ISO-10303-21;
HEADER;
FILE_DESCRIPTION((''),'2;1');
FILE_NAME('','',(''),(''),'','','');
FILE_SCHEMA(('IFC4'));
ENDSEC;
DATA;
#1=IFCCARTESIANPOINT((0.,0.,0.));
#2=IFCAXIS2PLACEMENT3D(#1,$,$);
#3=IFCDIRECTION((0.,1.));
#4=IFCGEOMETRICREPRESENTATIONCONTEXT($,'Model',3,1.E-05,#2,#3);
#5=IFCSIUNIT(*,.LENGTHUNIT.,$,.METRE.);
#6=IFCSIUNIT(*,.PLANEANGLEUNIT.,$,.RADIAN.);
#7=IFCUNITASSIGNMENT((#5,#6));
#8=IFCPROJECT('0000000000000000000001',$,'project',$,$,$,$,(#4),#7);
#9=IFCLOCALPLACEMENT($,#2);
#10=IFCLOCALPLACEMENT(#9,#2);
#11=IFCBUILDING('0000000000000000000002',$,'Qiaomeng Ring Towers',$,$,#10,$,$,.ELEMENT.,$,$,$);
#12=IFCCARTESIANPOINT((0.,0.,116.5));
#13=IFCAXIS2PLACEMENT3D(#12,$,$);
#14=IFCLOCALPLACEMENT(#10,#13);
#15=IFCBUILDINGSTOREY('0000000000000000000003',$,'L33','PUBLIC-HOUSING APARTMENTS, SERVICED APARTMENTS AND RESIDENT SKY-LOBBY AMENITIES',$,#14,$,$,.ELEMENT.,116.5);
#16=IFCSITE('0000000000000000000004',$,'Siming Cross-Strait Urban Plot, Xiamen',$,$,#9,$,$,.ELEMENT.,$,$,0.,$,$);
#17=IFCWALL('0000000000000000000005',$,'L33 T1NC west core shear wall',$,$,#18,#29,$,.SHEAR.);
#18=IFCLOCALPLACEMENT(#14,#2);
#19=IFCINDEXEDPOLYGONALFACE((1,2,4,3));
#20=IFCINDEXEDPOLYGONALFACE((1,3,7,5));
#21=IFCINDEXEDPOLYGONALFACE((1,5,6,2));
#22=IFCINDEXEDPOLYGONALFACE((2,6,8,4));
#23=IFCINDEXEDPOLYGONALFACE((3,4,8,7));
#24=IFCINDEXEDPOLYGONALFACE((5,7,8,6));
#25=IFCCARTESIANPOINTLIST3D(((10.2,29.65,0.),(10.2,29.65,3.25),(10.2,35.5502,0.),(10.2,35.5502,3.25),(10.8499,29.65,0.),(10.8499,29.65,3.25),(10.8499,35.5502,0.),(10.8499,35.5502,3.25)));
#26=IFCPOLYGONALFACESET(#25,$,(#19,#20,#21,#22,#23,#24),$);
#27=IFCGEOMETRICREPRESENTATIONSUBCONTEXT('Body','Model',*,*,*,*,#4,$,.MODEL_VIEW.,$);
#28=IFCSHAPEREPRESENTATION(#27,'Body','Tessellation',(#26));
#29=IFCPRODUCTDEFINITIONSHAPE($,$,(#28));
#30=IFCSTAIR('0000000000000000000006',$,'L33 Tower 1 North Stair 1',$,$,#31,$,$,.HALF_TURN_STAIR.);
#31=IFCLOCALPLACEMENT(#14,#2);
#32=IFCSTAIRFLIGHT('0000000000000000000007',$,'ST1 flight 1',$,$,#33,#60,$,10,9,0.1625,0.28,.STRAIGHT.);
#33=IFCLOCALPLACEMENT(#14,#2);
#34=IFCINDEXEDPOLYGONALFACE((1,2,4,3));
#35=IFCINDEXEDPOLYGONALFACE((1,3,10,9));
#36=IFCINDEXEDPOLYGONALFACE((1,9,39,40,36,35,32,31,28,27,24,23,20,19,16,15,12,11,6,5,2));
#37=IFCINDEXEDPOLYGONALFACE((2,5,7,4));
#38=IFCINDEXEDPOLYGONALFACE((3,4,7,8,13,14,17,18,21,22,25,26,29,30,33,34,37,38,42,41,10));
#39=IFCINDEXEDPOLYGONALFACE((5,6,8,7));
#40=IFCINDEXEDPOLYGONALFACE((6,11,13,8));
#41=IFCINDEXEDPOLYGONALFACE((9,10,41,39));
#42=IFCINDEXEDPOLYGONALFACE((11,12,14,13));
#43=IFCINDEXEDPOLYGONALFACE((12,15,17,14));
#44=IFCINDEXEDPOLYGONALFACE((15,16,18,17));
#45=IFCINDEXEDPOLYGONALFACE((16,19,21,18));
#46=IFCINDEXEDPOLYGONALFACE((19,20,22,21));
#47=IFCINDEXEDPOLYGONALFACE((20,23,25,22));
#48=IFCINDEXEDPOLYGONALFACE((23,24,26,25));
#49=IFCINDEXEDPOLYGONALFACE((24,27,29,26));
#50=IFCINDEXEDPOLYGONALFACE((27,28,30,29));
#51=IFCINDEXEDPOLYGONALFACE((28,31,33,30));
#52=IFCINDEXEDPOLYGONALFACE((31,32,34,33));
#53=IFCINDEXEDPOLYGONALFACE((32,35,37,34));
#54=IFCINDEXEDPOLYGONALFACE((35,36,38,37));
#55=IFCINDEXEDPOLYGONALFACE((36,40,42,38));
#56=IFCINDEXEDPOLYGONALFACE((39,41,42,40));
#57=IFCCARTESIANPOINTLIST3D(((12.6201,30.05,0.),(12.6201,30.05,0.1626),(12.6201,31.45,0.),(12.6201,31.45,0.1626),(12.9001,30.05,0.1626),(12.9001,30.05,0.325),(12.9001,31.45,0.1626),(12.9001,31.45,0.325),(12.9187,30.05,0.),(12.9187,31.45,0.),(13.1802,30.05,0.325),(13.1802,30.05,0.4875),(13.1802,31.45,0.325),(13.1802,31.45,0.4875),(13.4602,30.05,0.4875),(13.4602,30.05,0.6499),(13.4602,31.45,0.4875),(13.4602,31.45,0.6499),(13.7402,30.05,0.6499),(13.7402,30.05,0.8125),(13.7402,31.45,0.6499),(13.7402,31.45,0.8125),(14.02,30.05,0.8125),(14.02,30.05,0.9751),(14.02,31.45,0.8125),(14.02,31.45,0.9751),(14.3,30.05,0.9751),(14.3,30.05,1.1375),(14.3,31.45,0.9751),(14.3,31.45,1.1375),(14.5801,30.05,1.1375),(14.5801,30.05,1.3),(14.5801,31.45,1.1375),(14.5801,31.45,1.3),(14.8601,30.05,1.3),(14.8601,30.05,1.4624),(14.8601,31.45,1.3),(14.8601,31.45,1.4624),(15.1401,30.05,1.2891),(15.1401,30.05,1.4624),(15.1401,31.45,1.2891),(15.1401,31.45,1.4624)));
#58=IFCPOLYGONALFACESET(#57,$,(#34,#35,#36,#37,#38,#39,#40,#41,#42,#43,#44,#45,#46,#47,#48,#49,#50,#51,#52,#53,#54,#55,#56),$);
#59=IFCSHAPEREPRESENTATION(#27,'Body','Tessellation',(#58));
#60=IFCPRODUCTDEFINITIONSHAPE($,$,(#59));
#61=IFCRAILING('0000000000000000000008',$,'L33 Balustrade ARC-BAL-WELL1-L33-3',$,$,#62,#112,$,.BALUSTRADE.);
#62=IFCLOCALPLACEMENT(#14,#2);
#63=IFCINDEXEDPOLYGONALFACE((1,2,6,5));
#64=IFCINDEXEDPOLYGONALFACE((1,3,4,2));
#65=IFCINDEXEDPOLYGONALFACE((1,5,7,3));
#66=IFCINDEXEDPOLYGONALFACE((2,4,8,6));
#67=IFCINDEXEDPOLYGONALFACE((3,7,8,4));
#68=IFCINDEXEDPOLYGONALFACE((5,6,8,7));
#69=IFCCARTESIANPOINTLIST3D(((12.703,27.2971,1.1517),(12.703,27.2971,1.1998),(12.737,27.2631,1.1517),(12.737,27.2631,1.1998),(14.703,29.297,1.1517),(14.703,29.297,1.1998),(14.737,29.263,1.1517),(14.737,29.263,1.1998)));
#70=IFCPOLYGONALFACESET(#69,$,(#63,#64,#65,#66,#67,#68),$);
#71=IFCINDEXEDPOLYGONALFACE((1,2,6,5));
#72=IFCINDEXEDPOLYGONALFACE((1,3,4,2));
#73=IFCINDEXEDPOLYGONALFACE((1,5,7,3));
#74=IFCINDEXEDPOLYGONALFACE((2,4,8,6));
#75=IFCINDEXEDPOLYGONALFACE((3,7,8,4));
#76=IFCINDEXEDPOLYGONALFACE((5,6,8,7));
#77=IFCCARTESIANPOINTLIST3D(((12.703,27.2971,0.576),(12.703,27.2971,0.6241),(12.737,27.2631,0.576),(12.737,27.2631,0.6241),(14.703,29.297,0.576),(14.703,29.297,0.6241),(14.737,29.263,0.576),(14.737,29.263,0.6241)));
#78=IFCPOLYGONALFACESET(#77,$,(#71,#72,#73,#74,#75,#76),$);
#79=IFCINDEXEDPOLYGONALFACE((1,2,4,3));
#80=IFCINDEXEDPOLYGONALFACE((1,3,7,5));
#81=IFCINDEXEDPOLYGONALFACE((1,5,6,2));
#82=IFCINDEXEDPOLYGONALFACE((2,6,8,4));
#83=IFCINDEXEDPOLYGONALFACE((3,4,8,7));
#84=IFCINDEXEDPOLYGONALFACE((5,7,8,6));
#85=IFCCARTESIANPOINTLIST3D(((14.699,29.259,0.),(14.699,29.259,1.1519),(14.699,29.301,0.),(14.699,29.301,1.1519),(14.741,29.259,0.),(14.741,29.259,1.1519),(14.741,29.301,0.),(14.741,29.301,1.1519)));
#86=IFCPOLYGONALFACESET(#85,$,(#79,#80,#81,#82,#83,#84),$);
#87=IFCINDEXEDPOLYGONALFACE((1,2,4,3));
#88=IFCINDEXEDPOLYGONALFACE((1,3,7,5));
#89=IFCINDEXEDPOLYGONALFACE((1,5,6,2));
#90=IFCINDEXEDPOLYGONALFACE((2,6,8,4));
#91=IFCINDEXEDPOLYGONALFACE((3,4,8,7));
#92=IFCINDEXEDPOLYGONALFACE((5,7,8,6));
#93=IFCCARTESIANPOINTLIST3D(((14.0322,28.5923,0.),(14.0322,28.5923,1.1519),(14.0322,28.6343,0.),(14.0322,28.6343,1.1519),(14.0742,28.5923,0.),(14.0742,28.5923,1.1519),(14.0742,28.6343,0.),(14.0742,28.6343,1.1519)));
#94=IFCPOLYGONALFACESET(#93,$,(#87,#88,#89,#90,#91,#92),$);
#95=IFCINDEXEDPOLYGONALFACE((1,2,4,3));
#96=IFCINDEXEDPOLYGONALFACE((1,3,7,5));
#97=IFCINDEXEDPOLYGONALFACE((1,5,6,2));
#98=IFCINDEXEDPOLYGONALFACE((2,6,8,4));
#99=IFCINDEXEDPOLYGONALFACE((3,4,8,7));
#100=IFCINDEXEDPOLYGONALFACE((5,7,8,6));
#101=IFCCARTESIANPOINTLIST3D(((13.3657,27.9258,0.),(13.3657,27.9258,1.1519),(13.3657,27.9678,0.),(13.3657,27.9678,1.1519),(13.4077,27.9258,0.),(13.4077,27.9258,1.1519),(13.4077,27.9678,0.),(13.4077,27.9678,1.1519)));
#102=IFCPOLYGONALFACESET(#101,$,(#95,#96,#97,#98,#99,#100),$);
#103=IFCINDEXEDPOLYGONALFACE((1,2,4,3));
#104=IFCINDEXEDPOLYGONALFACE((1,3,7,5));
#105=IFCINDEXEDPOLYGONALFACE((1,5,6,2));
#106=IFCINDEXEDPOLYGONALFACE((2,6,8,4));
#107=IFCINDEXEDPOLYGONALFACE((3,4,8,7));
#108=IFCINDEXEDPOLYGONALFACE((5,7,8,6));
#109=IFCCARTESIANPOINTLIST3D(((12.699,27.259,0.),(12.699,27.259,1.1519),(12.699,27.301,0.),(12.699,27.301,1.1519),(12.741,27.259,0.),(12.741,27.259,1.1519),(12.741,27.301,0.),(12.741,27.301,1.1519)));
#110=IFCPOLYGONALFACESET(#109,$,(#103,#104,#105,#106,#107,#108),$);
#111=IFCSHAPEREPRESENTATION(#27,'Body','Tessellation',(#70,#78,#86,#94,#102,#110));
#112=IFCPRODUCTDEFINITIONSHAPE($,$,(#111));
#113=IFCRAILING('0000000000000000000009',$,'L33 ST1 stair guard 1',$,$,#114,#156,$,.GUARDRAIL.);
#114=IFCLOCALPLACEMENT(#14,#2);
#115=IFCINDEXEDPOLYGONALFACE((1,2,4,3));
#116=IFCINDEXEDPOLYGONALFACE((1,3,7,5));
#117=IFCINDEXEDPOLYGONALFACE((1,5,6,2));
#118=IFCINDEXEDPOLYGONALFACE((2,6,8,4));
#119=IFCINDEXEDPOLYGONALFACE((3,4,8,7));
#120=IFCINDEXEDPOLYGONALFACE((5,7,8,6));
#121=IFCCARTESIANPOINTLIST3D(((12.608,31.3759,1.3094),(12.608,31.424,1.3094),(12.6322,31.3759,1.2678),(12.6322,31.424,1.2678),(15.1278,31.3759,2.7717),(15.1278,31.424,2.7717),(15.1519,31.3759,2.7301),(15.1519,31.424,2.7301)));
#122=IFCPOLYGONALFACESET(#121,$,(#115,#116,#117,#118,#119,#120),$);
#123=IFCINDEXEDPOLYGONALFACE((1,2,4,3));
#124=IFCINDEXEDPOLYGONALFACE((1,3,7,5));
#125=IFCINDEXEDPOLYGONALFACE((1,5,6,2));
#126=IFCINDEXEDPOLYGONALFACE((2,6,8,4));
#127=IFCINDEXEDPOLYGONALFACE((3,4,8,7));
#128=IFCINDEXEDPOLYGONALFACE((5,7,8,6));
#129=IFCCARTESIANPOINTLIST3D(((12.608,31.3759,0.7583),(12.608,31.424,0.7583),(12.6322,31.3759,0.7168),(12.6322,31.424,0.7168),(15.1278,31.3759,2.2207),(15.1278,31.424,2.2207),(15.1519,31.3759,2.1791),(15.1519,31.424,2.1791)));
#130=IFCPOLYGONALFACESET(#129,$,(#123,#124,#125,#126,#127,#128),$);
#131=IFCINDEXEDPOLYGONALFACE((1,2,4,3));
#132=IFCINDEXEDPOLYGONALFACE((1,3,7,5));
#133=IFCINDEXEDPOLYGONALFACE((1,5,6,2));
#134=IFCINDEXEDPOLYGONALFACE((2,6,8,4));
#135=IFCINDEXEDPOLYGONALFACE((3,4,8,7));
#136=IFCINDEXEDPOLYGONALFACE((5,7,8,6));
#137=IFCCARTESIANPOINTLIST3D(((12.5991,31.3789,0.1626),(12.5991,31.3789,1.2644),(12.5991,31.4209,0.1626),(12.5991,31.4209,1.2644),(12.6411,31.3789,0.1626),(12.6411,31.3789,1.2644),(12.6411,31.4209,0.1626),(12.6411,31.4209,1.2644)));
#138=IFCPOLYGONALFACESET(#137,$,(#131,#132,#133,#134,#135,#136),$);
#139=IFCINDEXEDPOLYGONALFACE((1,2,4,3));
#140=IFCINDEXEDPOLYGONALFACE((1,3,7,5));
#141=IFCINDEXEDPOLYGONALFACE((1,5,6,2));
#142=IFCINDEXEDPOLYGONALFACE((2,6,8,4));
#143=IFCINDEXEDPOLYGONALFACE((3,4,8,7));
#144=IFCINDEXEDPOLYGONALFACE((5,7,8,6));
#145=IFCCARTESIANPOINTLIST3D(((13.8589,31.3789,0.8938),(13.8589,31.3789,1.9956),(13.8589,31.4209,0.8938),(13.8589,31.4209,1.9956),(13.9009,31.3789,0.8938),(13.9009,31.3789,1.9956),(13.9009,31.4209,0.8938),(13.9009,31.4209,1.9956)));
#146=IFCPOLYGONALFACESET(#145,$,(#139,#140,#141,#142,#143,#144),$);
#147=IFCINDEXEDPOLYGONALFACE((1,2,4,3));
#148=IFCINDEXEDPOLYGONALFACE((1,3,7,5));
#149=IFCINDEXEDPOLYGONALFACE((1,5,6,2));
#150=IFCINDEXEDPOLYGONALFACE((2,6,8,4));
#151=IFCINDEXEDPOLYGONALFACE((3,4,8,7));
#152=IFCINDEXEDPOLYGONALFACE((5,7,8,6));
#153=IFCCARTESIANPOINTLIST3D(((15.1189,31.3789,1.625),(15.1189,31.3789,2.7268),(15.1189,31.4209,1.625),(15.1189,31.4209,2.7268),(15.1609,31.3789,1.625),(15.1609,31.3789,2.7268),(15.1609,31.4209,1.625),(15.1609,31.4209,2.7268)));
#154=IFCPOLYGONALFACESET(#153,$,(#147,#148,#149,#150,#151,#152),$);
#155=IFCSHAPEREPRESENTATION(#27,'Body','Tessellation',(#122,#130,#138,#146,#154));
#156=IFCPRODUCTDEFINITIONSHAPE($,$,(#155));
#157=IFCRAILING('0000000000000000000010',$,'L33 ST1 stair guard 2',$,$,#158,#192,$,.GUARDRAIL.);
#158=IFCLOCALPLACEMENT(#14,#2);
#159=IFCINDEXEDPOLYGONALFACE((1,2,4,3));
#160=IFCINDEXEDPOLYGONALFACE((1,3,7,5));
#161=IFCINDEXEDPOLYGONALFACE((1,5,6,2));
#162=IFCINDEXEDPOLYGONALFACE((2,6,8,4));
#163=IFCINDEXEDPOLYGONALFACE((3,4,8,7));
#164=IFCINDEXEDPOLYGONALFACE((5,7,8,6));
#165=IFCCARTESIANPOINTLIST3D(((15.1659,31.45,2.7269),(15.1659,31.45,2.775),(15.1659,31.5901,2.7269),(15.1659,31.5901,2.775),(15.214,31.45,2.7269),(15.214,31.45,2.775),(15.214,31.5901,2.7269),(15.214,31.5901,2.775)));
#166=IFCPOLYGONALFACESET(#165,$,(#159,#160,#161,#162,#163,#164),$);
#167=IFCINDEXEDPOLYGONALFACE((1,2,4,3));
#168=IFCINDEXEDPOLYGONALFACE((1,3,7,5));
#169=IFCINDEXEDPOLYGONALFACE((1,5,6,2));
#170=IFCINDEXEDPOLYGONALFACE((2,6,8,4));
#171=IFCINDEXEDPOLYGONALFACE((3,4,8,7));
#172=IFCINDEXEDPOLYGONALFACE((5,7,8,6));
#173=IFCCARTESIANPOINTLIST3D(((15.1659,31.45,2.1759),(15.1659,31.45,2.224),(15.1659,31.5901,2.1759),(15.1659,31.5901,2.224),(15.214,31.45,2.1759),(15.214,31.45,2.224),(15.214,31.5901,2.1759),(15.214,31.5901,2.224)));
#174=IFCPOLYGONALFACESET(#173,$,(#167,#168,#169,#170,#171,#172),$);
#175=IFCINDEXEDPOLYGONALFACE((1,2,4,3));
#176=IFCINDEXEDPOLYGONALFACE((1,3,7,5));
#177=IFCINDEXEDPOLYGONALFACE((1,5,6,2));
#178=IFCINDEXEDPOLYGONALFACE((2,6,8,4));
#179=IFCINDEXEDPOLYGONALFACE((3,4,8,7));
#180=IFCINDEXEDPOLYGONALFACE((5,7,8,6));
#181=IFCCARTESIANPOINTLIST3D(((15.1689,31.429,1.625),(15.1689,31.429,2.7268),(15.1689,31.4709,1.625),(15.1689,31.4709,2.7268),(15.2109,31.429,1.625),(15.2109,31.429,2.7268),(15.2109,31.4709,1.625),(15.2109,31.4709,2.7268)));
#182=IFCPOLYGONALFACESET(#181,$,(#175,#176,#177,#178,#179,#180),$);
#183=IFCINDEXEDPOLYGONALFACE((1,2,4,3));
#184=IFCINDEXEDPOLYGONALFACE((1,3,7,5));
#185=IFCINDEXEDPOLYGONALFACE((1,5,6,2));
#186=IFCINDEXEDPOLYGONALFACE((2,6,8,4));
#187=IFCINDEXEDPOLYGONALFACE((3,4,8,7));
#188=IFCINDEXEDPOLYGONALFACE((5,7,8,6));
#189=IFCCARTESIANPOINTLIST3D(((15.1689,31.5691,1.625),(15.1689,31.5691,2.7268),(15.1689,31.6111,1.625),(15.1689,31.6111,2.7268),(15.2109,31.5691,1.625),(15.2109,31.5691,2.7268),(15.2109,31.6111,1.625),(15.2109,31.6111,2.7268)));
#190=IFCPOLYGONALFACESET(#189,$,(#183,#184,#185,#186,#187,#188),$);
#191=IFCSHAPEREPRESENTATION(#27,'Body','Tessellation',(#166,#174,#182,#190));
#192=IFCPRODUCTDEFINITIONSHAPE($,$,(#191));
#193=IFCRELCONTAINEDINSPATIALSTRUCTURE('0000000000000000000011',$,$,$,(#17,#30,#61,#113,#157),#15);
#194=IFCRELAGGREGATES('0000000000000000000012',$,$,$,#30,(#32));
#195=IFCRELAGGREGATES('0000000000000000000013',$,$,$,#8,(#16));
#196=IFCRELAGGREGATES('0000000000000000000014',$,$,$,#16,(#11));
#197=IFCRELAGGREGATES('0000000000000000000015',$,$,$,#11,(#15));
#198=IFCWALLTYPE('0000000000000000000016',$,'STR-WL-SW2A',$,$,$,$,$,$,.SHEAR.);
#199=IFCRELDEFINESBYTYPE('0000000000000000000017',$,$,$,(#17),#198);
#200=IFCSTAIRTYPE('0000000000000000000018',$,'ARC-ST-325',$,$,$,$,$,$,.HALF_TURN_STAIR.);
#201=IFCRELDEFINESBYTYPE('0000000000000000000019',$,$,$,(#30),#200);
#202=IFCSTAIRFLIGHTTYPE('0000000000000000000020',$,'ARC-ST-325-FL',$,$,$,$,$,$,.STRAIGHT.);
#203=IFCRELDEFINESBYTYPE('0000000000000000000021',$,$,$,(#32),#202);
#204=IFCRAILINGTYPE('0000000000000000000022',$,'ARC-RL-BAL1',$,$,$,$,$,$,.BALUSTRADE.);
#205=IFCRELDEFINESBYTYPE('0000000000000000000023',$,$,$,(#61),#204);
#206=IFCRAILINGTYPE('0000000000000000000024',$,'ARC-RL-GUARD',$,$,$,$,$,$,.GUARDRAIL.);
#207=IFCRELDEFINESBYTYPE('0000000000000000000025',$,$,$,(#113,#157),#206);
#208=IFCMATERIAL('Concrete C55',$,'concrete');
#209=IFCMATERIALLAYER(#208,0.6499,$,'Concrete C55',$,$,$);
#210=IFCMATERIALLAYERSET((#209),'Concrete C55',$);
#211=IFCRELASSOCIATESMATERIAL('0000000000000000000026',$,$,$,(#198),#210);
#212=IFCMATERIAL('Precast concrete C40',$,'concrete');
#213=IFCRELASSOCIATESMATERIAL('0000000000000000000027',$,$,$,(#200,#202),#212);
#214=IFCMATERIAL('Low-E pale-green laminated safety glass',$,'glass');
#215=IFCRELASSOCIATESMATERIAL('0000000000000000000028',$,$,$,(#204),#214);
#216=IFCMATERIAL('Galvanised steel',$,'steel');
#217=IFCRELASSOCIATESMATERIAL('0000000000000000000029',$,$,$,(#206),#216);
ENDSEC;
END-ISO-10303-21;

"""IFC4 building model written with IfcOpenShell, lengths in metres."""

from ifc_helpers import new_model, si_unit, direction, frame, frame_2d, origin, origin_2d, place, context, subcontext, project, spatial, polyline, rectangle, outline, extrude, source, transform, mapped, material, layer, layer_set, type_object, element, aggregate, save


model = new_model("IFC4")

# Units and contexts
model_context = context("Model", 3, precision=1e-05, world=origin(), true_north=direction((0.0, 1.0)))
body_context = subcontext(model_context, "Body", "Model", "MODEL_VIEW")
ifc_project = project(units=[si_unit("LENGTHUNIT", "METRE"), si_unit("PLANEANGLEUNIT", "RADIAN")], contexts=[model_context])

# Site, building, storey
site_placement = place(None, origin())
site = spatial("IfcSite", under=ifc_project, at=site_placement, Name="Siming Cross-Strait Urban Plot, Xiamen", CompositionType="ELEMENT", RefElevation=0.0)
building_placement = place(site_placement, origin())
building = spatial("IfcBuilding", under=site, at=building_placement, Name="Qiaomeng Ring Towers", CompositionType="ELEMENT")
storey_placement = place(building_placement, frame((0.0, 0.0, 116.5)))
storey = spatial("IfcBuildingStorey", under=building, at=storey_placement, Name="L33", Description="PUBLIC-HOUSING APARTMENTS, SERVICED APARTMENTS AND RESIDENT SKY-LOBBY AMENITIES", CompositionType="ELEMENT", Elevation=116.5)

# Shared definitions
ifc_material_1 = material(Name="Concrete C55", Category="concrete")

# Wall
ifc_layer_1 = layer(ifc_material_1, 0.6499, Name="Concrete C55")
ifc_layer_set_1 = layer_set([ifc_layer_1], Name="Concrete C55")
wall_type_1 = type_object("IfcWallType", Name="STR-WL-SW2A", PredefinedType="SHEAR", material=ifc_layer_set_1)
wall_1_placement = place(storey_placement, frame((10.5249, 29.6499, 0.0), z_axis=(0.0, 0.0, 1.0), x_axis=(0.0, 1.0, 0.0)))
element("IfcWall", 1, at=wall_1_placement, inside=storey, type_object=wall_type_1, Name="L33 T1NC west core shear wall", PredefinedType="SHEAR", context=body_context, shape_type="SweptSolid", body=[
    extrude(rectangle(XDim=5.9001, YDim=0.6499, at=frame_2d((2.9502, 0.0))), origin(), (0.0, 0.0, 1.0), 3.25),
])

# Stair, stair flight
ifc_material_2 = material(Name="Precast concrete C40", Category="concrete")
stair_type = type_object("IfcStairType", Name="ARC-ST-325", PredefinedType="HALF_TURN_STAIR", material=ifc_material_2)
stair_placement = place(storey_placement, origin())
stair = element("IfcStair", 2, at=stair_placement, inside=storey, type_object=stair_type, Name="L33 Tower 1 North Stair 1", PredefinedType="HALF_TURN_STAIR")
stair_flight_type = type_object("IfcStairFlightType", Name="ARC-ST-325-FL", PredefinedType="STRAIGHT", material=ifc_material_2)
shared_shape_1 = source(origin(), body_context, "Body", "SweptSolid", [
    extrude(outline(polyline([(0.0, 0.0), (0.0, 0.1626), (0.28, 0.1626), (0.28, 0.325), (0.5601, 0.325), (0.5601, 0.4875), (0.8401, 0.4875), (0.8401, 0.6499), (1.1201, 0.6499), (1.1201, 0.8125), (1.3999, 0.8125), (1.3999, 0.9751), (1.6799, 0.9751), (1.6799, 1.1375), (1.96, 1.1375), (1.96, 1.3), (2.24, 1.3), (2.24, 1.4624), (2.52, 1.4624), (2.52, 1.625), (2.52, 1.2891), (0.2986, 0.0), (0.0, 0.0)])), frame((0.0, 0.7, 0.0), z_axis=(0.0, -1.0, 0.0), x_axis=(1.0, 0.0, 0.0)), (0.0, 0.0, 1.0), 1.3999),
])
stair_flight_placement = place(storey_placement, frame((12.6201, 30.75, 0.0), z_axis=(0.0, 0.0, 1.0), x_axis=(1.0, 0.0, 0.0)))
stair_flight = element("IfcStairFlight", 3, at=stair_flight_placement, type_object=stair_flight_type, Name="ST1 flight 1", NumberOfRisers=10, NumberOfTreads=9, PredefinedType="STRAIGHT", RiserHeight=0.1625, TreadLength=0.28, context=body_context, shape_type="MappedRepresentation", body=[
    mapped(shared_shape_1, transform((0.0, 0.0, 0.0), x_axis=(1.0, 0.0, 0.0), y_axis=(0.0, 1.0, 0.0), z_axis=(0.0, 0.0, 1.0), scale=1.0)),
])
aggregate(stair, [stair_flight])

# Railings
ifc_material_3 = material(Name="Low-E pale-green laminated safety glass", Category="glass")
railing_type_1 = type_object("IfcRailingType", Name="ARC-RL-BAL1", PredefinedType="BALUSTRADE", material=ifc_material_3)
railing_1_placement = place(storey_placement, frame((14.72, 29.28, 0.0)))
element("IfcRailing", 4, at=railing_1_placement, inside=storey, type_object=railing_type_1, Name="L33 Balustrade ARC-BAL-WELL1-L33-3", PredefinedType="BALUSTRADE", context=body_context, shape_type="SweptSolid", body=[
    extrude(rectangle(XDim=0.0481, YDim=0.0481, at=origin_2d()), frame((0.0, 0.0, 1.1758), z_axis=(-0.707107, -0.707107, 0.0), x_axis=(0.707107, -0.707107, 0.0)), (0.0, 0.0, 1.0), 2.8284),
    extrude(rectangle(XDim=0.0481, YDim=0.0481, at=origin_2d()), frame((0.0, 0.0, 0.6001), z_axis=(-0.707107, -0.707107, 0.0), x_axis=(0.707107, -0.707107, 0.0)), (0.0, 0.0, 1.0), 2.8284),
    extrude(rectangle(XDim=0.042, YDim=0.042, at=origin_2d()), origin(), (0.0, 0.0, 1.0), 1.1519),
    extrude(rectangle(XDim=0.042, YDim=0.042, at=origin_2d()), frame((-0.6667, -0.6667, 0.0)), (0.0, 0.0, 1.0), 1.1519),
    extrude(rectangle(XDim=0.042, YDim=0.042, at=origin_2d()), frame((-1.3333, -1.3333, 0.0)), (0.0, 0.0, 1.0), 1.1519),
    extrude(rectangle(XDim=0.042, YDim=0.042, at=origin_2d()), frame((-2.0, -2.0, 0.0)), (0.0, 0.0, 1.0), 1.1519),
])
ifc_material_4 = material(Name="Galvanised steel", Category="steel")
railing_type_2 = type_object("IfcRailingType", Name="ARC-RL-GUARD", PredefinedType="GUARDRAIL", material=ifc_material_4)
railing_2_placement = place(storey_placement, frame((12.6201, 31.3999, 0.1626)))
element("IfcRailing", 5, at=railing_2_placement, inside=storey, type_object=railing_type_2, Name="L33 ST1 stair guard 1", PredefinedType="GUARDRAIL", context=body_context, shape_type="SweptSolid", body=[
    extrude(rectangle(XDim=0.0481, YDim=0.0481, at=origin_2d()), frame((0.0, 0.0, 1.126), z_axis=(0.864892, 0.0, 0.501958), x_axis=(0.0, 1.0, 0.0)), (0.0, 0.0, 1.0), 2.9133),
    extrude(rectangle(XDim=0.0481, YDim=0.0481, at=origin_2d()), frame((0.0, 0.0, 0.575), z_axis=(0.864892, 0.0, 0.501958), x_axis=(0.0, 1.0, 0.0)), (0.0, 0.0, 1.0), 2.9133),
    extrude(rectangle(XDim=0.042, YDim=0.042, at=origin_2d()), origin(), (0.0, 0.0, 1.0), 1.1018),
    extrude(rectangle(XDim=0.042, YDim=0.042, at=origin_2d()), frame((1.2598, 0.0, 0.7312)), (0.0, 0.0, 1.0), 1.1018),
    extrude(rectangle(XDim=0.042, YDim=0.042, at=origin_2d()), frame((2.5198, 0.0, 1.4624)), (0.0, 0.0, 1.0), 1.1018),
])
for number, where, name in (
    (6, (15.1899, 31.45, 1.625), "L33 ST1 stair guard 2"),
):
    element("IfcRailing", number, at=place(storey_placement, frame(where)), inside=storey, type_object=railing_type_2, Name=name, PredefinedType="GUARDRAIL", context=body_context, shape_type="SweptSolid", body=[
        extrude(rectangle(XDim=0.0481, YDim=0.0481, at=origin_2d()), frame((0.0, 0.0, 1.126), z_axis=(0.0, 1.0, 0.0), x_axis=(-1.0, 0.0, 0.0)), (0.0, 0.0, 1.0), 0.1401),
        extrude(rectangle(XDim=0.0481, YDim=0.0481, at=origin_2d()), frame((0.0, 0.0, 0.575), z_axis=(0.0, 1.0, 0.0), x_axis=(-1.0, 0.0, 0.0)), (0.0, 0.0, 1.0), 0.1401),
        extrude(rectangle(XDim=0.042, YDim=0.042, at=origin_2d()), origin(), (0.0, 0.0, 1.0), 1.1018),
        extrude(rectangle(XDim=0.042, YDim=0.042, at=origin_2d()), frame((0.0, 0.1401, 0.0)), (0.0, 0.0, 1.0), 1.1018),
    ])

save(model, "model.ifc")
